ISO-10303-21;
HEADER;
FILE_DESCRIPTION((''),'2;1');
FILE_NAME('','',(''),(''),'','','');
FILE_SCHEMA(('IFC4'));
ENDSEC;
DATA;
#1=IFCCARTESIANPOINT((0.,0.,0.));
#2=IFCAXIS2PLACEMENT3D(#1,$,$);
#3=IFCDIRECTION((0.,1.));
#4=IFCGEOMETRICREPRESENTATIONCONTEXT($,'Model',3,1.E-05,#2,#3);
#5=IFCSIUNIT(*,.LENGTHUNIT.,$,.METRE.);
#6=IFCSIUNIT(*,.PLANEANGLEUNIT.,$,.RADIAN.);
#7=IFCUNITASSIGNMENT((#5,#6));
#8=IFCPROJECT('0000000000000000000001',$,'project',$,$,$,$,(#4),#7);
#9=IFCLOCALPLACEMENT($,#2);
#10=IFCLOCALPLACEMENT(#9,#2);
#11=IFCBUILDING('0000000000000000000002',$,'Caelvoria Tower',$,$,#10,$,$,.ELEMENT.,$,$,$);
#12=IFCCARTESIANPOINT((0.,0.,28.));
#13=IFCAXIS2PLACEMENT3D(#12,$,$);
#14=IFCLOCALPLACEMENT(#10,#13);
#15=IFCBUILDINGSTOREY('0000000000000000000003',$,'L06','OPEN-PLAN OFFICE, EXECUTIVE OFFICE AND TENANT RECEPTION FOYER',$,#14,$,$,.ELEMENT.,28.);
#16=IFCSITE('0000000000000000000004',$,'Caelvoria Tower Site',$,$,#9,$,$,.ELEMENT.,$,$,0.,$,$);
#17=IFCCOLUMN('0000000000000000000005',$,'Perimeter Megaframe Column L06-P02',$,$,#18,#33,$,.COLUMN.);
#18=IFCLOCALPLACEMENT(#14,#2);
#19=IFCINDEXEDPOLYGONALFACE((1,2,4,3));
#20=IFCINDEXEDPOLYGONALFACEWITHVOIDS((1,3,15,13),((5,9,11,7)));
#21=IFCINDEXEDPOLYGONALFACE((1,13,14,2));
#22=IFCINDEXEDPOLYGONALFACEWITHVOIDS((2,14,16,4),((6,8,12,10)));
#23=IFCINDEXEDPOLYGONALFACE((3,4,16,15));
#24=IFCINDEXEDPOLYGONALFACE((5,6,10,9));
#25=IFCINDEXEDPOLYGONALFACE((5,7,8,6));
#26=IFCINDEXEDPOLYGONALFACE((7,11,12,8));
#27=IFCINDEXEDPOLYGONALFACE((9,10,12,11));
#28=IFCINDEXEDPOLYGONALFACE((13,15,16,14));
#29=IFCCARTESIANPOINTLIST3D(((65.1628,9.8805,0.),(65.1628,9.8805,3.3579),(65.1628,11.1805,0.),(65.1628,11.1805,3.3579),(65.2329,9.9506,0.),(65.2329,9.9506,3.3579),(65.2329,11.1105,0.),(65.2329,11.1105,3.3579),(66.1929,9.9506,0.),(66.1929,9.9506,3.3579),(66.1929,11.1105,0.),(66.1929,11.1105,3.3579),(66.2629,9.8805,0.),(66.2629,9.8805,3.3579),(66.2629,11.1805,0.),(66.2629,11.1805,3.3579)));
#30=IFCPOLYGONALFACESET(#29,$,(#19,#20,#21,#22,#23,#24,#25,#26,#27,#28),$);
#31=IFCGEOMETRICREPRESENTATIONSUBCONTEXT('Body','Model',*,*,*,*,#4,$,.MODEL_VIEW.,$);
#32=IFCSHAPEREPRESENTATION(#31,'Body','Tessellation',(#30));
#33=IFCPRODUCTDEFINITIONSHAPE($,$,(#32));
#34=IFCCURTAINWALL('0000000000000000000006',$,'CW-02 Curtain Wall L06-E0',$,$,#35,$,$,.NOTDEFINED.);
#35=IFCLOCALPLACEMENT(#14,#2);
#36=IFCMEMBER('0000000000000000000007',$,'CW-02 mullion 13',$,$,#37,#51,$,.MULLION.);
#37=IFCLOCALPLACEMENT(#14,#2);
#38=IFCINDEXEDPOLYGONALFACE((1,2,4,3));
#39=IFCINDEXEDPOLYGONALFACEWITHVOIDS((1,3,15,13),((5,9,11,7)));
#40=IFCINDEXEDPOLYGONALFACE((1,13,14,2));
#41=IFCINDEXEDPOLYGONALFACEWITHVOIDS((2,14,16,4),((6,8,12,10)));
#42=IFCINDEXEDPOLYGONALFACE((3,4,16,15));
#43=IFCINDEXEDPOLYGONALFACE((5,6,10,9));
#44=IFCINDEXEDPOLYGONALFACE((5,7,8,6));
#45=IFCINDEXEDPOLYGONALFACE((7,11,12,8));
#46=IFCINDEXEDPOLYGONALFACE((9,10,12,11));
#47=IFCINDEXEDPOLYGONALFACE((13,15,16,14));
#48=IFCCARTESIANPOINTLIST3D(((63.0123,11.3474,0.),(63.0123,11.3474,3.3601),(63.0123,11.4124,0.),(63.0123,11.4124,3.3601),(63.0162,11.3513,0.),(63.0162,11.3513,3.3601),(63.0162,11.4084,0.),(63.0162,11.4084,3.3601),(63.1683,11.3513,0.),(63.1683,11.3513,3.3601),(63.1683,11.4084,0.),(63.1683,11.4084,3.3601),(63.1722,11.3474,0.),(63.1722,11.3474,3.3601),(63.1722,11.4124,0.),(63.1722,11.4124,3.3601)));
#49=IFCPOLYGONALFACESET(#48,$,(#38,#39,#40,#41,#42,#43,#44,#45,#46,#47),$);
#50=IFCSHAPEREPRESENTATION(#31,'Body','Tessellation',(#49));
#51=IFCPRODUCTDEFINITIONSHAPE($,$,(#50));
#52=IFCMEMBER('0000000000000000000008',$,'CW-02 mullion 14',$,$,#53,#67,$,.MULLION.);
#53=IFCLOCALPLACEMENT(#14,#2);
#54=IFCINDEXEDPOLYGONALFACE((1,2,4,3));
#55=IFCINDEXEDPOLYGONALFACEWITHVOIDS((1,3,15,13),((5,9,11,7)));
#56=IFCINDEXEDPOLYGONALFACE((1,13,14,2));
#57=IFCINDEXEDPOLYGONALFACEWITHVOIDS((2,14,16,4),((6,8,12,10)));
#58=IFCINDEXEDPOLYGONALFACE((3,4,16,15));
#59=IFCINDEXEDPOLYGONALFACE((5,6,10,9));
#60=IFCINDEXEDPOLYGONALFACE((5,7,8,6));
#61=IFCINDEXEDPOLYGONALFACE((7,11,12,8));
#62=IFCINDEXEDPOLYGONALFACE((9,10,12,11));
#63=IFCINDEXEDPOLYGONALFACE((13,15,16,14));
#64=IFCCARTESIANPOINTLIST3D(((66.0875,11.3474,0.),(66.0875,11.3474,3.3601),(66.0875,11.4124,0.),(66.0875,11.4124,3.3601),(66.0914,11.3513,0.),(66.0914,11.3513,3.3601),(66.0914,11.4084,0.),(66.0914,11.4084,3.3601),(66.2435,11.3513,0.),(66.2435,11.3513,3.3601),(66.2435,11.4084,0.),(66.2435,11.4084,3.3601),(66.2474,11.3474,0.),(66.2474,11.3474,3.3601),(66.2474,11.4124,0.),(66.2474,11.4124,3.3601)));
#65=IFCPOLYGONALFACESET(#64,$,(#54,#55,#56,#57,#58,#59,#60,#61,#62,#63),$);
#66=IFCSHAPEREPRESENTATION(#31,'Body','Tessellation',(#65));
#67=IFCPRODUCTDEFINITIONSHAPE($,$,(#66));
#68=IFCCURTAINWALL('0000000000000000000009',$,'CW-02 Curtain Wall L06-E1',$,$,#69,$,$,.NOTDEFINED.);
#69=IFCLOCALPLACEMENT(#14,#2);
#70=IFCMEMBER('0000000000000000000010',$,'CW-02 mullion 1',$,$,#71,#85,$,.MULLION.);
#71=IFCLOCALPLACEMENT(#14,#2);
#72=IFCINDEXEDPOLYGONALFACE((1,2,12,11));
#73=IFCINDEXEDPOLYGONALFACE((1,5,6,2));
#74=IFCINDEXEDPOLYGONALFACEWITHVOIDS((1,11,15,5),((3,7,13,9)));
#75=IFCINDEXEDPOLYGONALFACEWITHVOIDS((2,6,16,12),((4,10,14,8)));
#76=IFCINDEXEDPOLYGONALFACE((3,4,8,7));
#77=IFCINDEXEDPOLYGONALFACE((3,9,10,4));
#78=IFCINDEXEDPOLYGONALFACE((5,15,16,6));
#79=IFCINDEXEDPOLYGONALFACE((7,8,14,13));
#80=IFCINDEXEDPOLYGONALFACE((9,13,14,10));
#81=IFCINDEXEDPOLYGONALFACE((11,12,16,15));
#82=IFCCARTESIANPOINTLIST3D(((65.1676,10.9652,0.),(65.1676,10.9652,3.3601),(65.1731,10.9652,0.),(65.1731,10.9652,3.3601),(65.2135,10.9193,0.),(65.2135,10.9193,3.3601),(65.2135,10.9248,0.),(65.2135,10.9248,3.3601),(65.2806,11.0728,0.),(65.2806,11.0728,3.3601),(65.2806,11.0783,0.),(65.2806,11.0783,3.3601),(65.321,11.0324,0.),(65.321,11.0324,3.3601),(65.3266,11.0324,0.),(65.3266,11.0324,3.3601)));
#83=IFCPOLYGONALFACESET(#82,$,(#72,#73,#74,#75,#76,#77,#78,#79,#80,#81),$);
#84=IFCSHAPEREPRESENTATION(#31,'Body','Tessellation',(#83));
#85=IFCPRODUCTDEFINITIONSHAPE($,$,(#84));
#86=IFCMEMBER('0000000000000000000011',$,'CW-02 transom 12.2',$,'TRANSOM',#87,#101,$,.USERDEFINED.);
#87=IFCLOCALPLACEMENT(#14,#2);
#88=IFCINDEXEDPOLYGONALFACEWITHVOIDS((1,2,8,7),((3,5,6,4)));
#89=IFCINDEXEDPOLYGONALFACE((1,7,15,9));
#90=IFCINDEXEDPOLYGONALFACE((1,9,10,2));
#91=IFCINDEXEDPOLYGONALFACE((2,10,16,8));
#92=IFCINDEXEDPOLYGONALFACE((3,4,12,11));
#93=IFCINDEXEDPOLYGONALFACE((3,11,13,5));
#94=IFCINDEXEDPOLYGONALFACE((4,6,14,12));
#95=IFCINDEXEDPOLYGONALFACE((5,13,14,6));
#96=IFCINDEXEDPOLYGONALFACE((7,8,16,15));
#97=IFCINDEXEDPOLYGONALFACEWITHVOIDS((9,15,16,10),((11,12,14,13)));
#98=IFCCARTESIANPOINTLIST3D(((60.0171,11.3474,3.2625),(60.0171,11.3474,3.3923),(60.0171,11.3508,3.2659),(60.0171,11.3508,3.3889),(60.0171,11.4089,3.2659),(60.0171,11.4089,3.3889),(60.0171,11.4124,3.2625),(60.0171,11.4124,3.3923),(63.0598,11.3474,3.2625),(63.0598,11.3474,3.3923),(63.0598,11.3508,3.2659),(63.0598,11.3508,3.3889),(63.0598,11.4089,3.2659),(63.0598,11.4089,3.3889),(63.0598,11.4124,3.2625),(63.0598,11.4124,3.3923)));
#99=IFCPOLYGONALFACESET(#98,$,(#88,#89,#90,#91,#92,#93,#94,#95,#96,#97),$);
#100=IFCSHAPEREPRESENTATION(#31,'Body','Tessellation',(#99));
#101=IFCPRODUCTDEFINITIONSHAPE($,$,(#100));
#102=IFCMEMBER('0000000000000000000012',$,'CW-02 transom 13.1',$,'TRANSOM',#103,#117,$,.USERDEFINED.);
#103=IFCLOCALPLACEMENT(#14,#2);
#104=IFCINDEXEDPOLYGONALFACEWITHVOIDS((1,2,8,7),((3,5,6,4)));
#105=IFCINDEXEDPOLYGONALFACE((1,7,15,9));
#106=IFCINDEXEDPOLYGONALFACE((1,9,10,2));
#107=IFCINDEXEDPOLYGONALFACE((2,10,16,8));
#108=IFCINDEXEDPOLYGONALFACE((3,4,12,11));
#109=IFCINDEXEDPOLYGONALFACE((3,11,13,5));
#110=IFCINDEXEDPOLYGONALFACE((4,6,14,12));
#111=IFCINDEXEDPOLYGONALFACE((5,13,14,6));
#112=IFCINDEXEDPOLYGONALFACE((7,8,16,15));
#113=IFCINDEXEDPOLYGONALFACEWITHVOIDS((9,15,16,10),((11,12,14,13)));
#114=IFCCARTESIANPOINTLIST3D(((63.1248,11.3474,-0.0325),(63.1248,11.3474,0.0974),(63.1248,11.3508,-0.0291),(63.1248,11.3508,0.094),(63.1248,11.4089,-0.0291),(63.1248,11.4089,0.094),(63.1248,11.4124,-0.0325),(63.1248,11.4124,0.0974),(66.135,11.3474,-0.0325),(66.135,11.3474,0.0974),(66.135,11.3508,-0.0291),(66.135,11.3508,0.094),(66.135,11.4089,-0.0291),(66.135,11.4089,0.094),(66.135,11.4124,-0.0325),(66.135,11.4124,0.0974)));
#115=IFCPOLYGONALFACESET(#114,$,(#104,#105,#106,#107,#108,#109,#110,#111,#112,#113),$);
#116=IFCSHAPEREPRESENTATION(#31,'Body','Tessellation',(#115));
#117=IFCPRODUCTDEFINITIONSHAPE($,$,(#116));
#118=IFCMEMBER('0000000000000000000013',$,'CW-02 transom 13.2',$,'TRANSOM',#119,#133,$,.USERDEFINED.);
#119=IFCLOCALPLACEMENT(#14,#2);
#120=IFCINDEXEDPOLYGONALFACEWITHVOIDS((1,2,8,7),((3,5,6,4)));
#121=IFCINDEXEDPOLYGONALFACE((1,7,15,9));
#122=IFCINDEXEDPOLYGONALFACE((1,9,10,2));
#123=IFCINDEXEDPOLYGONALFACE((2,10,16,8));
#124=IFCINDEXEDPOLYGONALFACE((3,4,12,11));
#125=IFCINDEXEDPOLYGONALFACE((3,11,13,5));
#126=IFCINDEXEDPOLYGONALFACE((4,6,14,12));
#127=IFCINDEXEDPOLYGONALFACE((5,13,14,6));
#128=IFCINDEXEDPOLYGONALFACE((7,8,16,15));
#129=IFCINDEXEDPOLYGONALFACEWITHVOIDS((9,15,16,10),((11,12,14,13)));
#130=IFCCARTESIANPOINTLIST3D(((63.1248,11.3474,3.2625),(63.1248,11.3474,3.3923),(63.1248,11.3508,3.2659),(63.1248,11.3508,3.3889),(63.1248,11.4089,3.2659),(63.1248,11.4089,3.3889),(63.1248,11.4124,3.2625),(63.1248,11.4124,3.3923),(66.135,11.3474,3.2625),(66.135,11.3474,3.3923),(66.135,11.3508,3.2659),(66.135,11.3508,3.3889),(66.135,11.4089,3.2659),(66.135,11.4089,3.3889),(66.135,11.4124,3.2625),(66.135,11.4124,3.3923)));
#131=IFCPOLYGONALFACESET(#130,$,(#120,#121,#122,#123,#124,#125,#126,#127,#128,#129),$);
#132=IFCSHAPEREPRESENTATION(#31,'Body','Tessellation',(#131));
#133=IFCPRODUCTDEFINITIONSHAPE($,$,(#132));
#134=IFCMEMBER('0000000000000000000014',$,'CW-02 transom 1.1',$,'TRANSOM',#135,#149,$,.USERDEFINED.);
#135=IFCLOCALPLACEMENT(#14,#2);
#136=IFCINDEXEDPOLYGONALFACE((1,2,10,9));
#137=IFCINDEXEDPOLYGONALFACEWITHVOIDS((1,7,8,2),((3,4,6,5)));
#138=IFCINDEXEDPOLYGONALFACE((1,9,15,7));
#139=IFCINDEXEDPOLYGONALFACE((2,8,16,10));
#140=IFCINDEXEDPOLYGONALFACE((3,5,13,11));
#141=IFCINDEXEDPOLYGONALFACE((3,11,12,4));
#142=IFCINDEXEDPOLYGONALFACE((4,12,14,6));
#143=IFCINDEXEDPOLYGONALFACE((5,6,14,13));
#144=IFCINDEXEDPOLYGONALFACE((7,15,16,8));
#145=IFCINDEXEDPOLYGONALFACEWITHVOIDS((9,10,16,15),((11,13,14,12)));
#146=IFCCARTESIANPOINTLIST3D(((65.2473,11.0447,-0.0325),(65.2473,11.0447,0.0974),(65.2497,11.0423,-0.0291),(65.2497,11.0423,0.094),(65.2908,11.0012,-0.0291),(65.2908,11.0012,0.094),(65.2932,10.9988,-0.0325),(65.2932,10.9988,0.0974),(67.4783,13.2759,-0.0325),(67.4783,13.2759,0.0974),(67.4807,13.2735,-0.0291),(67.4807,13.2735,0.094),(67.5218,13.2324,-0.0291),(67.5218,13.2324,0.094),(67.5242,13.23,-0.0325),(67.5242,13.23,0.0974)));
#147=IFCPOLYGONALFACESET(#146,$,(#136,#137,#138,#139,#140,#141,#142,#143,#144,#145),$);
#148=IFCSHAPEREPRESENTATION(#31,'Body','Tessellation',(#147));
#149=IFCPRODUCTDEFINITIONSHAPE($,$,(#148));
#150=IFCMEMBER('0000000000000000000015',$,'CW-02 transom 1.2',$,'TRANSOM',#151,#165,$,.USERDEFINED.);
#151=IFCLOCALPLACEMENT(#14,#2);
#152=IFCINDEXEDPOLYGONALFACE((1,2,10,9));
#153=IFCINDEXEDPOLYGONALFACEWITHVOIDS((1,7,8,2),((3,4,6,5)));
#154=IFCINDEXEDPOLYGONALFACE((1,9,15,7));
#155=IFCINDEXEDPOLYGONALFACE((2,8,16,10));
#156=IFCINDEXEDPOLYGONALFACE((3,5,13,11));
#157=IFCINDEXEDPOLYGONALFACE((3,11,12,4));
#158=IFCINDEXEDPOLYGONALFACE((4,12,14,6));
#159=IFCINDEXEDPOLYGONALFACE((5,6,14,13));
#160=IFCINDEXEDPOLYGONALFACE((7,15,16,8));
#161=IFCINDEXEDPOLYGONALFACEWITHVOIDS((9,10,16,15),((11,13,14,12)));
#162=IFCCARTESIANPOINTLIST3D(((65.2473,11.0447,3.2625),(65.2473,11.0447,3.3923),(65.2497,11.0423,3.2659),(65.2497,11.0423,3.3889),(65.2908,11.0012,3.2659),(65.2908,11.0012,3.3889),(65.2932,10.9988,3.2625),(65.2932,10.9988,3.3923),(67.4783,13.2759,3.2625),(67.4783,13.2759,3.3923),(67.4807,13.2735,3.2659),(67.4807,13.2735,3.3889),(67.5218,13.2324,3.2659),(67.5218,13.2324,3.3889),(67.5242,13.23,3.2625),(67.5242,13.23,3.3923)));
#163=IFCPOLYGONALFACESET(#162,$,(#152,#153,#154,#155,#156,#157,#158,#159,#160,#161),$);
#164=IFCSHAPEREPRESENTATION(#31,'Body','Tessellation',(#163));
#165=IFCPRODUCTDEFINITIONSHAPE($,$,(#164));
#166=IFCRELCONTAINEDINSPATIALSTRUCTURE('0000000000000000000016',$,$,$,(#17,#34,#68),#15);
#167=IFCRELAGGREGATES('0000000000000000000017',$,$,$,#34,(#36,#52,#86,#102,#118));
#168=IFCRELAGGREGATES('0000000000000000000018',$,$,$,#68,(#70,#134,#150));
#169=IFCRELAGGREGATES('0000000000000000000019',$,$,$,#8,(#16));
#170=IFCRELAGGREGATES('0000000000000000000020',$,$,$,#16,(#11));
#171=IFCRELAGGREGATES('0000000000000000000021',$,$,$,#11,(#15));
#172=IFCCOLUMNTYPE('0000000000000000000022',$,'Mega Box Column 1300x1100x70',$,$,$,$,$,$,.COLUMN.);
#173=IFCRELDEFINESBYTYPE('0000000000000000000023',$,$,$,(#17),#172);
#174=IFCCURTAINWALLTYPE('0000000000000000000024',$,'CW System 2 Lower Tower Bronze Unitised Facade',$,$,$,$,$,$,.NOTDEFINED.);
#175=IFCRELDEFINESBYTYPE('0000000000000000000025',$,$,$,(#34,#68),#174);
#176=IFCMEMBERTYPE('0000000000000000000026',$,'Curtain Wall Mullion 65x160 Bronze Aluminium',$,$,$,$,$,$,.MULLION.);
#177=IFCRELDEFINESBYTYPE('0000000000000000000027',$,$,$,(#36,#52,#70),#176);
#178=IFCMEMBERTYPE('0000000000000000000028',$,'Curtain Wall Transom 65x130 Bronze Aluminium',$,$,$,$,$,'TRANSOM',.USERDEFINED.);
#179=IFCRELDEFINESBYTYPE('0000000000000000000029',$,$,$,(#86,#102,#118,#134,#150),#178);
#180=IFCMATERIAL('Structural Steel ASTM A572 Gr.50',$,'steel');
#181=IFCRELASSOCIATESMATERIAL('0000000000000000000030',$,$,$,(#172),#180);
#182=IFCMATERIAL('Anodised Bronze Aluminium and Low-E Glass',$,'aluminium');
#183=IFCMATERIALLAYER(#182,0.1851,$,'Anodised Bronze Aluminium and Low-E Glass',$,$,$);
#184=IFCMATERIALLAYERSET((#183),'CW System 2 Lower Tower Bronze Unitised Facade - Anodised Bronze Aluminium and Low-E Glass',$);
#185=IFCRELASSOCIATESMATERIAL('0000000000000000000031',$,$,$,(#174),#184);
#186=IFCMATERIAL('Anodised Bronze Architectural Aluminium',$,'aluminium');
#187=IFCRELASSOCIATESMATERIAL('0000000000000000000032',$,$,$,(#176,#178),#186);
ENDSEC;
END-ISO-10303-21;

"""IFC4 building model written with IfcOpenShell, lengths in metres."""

from ifc_helpers import new_model, si_unit, direction, frame, origin, origin_2d, place, context, subcontext, project, spatial, hollow_rectangle, extrude, material, layer, layer_set, material_profile, profile_set, type_object, element, aggregate, save


model = new_model("IFC4")

# Units and contexts
model_context = context("Model", 3, precision=1e-05, world=origin(), true_north=direction((0.0, 1.0)))
body_context = subcontext(model_context, "Body", "Model", "MODEL_VIEW")
ifc_project = project(units=[si_unit("LENGTHUNIT", "METRE"), si_unit("PLANEANGLEUNIT", "RADIAN")], contexts=[model_context])

# Site, building, storey
site_placement = place(None, origin())
site = spatial("IfcSite", under=ifc_project, at=site_placement, Name="Caelvoria Tower Site", CompositionType="ELEMENT", RefElevation=0.0)
building_placement = place(site_placement, origin())
building = spatial("IfcBuilding", under=site, at=building_placement, Name="Caelvoria Tower", CompositionType="ELEMENT")
storey_placement = place(building_placement, frame((0.0, 0.0, 28.0)))
storey = spatial("IfcBuildingStorey", under=building, at=storey_placement, Name="L06", Description="OPEN-PLAN OFFICE, EXECUTIVE OFFICE AND TENANT RECEPTION FOYER", CompositionType="ELEMENT", Elevation=28.0)

# Column
ifc_material_1 = material(Name="Structural Steel ASTM A572 Gr.50", Category="steel")
ifc_material_profile_1 = material_profile(ifc_material_1, hollow_rectangle(XDim=1.1001, YDim=1.3, WallThickness=0.0701, at=origin_2d()), Name="Structural Steel ASTM A572 Gr.50")
ifc_profile_set_1 = profile_set([ifc_material_profile_1], Name="BOX1300X1100X70 - Structural Steel ASTM A572 Gr.50")
column_type = type_object("IfcColumnType", Name="Mega Box Column 1300x1100x70", PredefinedType="COLUMN", material=ifc_profile_set_1)
column_placement = place(storey_placement, frame((65.7129, 10.5305, 0.0), z_axis=(0.0, 0.0, 1.0), x_axis=(1.0, 0.0, 0.0)))
element("IfcColumn", 1, at=column_placement, inside=storey, type_object=column_type, Name="Perimeter Megaframe Column L06-P02", PredefinedType="COLUMN", context=body_context, shape_type="SweptSolid", body=[
    extrude(hollow_rectangle(XDim=1.1001, YDim=1.3, WallThickness=0.0701, at=origin_2d()), origin(), (0.0, 0.0, 1.0), 3.3579),
])

# Curtain wall, members
ifc_material_2 = material(Name="Anodised Bronze Aluminium and Low-E Glass", Category="aluminium")
ifc_layer_1 = layer(ifc_material_2, 0.1851, Name="Anodised Bronze Aluminium and Low-E Glass")
ifc_layer_set_1 = layer_set([ifc_layer_1], Name="CW System 2 Lower Tower Bronze Unitised Facade - Anodised Bronze Aluminium and Low-E Glass")
curtain_wall_type = type_object("IfcCurtainWallType", Name="CW System 2 Lower Tower Bronze Unitised Facade", PredefinedType="NOTDEFINED", material=ifc_layer_set_1)
curtain_wall_1_placement = place(storey_placement, origin())
curtain_wall_1 = element("IfcCurtainWall", 2, at=curtain_wall_1_placement, inside=storey, type_object=curtain_wall_type, Name="CW-02 Curtain Wall L06-E0", PredefinedType="NOTDEFINED")
ifc_material_3 = material(Name="Anodised Bronze Architectural Aluminium", Category="aluminium")
ifc_material_profile_2 = material_profile(ifc_material_3, hollow_rectangle(XDim=0.0649, YDim=0.1599, WallThickness=0.0039, at=origin_2d()), Name="Anodised Bronze Architectural Aluminium")
ifc_profile_set_2 = profile_set([ifc_material_profile_2], Name="CW_MULL_65X160 - Anodised Bronze Architectural Aluminium")
member_type_1 = type_object("IfcMemberType", Name="Curtain Wall Mullion 65x160 Bronze Aluminium", PredefinedType="MULLION", material=ifc_profile_set_2)
member_1_placement = place(storey_placement, frame((63.0923, 11.3799, 0.0), z_axis=(0.0, 0.0, 1.0), x_axis=(0.0, 1.0, 0.0)))
member_1 = element("IfcMember", 3, at=member_1_placement, type_object=member_type_1, Name="CW-02 mullion 13", PredefinedType="MULLION", context=body_context, shape_type="SweptSolid", body=[
    extrude(hollow_rectangle(XDim=0.0649, YDim=0.1599, WallThickness=0.0039, at=origin_2d()), origin(), (0.0, 0.0, 1.0), 3.3601),
])
member_2_placement = place(storey_placement, frame((66.1675, 11.3799, 0.0), z_axis=(0.0, 0.0, 1.0), x_axis=(0.0, 1.0, 0.0)))
member_2 = element("IfcMember", 4, at=member_2_placement, type_object=member_type_1, Name="CW-02 mullion 14", PredefinedType="MULLION", context=body_context, shape_type="SweptSolid", body=[
    extrude(hollow_rectangle(XDim=0.0649, YDim=0.1599, WallThickness=0.0039, at=origin_2d()), origin(), (0.0, 0.0, 1.0), 3.3601),
])

# Curtain wall, member
curtain_wall_2_placement = place(storey_placement, origin())
curtain_wall_2 = element("IfcCurtainWall", 5, at=curtain_wall_2_placement, inside=storey, type_object=curtain_wall_type, Name="CW-02 Curtain Wall L06-E1", PredefinedType="NOTDEFINED")
member_3_placement = place(storey_placement, frame((65.2471, 10.9988, 0.0), z_axis=(0.0, 0.0, 1.0), x_axis=(-0.707107, 0.707107, 0.0)))
member_3 = element("IfcMember", 6, at=member_3_placement, type_object=member_type_1, Name="CW-02 mullion 1", PredefinedType="MULLION", context=body_context, shape_type="SweptSolid", body=[
    extrude(hollow_rectangle(XDim=0.0649, YDim=0.1599, WallThickness=0.0039, at=origin_2d()), origin(), (0.0, 0.0, 1.0), 3.3601),
])

# Members
ifc_material_profile_3 = material_profile(ifc_material_3, hollow_rectangle(XDim=0.0649, YDim=0.1299, WallThickness=0.0034, at=origin_2d()), Name="Anodised Bronze Architectural Aluminium")
ifc_profile_set_3 = profile_set([ifc_material_profile_3], Name="CW_TRAN_65X130 - Anodised Bronze Architectural Aluminium")
member_type_2 = type_object("IfcMemberType", Name="Curtain Wall Transom 65x130 Bronze Aluminium", ElementType="TRANSOM", PredefinedType="USERDEFINED", material=ifc_profile_set_3)
member_4_placement = place(storey_placement, frame((60.0171, 11.3799, 3.3274), z_axis=(1.0, 0.0, 0.0), x_axis=(0.0, 1.0, 0.0)))
member_4 = element("IfcMember", 7, at=member_4_placement, type_object=member_type_2, Name="CW-02 transom 12.2", ObjectType="TRANSOM", PredefinedType="USERDEFINED", context=body_context, shape_type="SweptSolid", body=[
    extrude(hollow_rectangle(XDim=0.0649, YDim=0.1299, WallThickness=0.0034, at=origin_2d()), origin(), (0.0, 0.0, 1.0), 3.0427),
])
member_5_placement = place(storey_placement, frame((63.1248, 11.3799, 0.0325), z_axis=(1.0, 0.0, 0.0), x_axis=(0.0, 1.0, 0.0)))
member_5 = element("IfcMember", 8, at=member_5_placement, type_object=member_type_2, Name="CW-02 transom 13.1", ObjectType="TRANSOM", PredefinedType="USERDEFINED", context=body_context, shape_type="SweptSolid", body=[
    extrude(hollow_rectangle(XDim=0.0649, YDim=0.1299, WallThickness=0.0034, at=origin_2d()), origin(), (0.0, 0.0, 1.0), 3.0103),
])
member_6_placement = place(storey_placement, frame((63.1248, 11.3799, 3.3274), z_axis=(1.0, 0.0, 0.0), x_axis=(0.0, 1.0, 0.0)))
member_6 = element("IfcMember", 9, at=member_6_placement, type_object=member_type_2, Name="CW-02 transom 13.2", ObjectType="TRANSOM", PredefinedType="USERDEFINED", context=body_context, shape_type="SweptSolid", body=[
    extrude(hollow_rectangle(XDim=0.0649, YDim=0.1299, WallThickness=0.0034, at=origin_2d()), origin(), (0.0, 0.0, 1.0), 3.0103),
])
member_7_placement = place(storey_placement, frame((65.2703, 11.0217, 0.0325), z_axis=(0.707068, 0.707145, 0.0), x_axis=(-0.707145, 0.707068, 0.0)))
member_7 = element("IfcMember", 10, at=member_7_placement, type_object=member_type_2, Name="CW-02 transom 1.1", ObjectType="TRANSOM", PredefinedType="USERDEFINED", context=body_context, shape_type="SweptSolid", body=[
    extrude(hollow_rectangle(XDim=0.0649, YDim=0.1299, WallThickness=0.0034, at=origin_2d()), origin(), (0.0, 0.0, 1.0), 3.1553),
])
member_8_placement = place(storey_placement, frame((65.2703, 11.0217, 3.3274), z_axis=(0.707068, 0.707145, 0.0), x_axis=(-0.707145, 0.707068, 0.0)))
member_8 = element("IfcMember", 11, at=member_8_placement, type_object=member_type_2, Name="CW-02 transom 1.2", ObjectType="TRANSOM", PredefinedType="USERDEFINED", context=body_context, shape_type="SweptSolid", body=[
    extrude(hollow_rectangle(XDim=0.0649, YDim=0.1299, WallThickness=0.0034, at=origin_2d()), origin(), (0.0, 0.0, 1.0), 3.1553),
])

aggregate(curtain_wall_1, [member_1, member_2, member_4, member_5, member_6])
aggregate(curtain_wall_2, [member_3, member_7, member_8])

save(model, "model.ifc")
